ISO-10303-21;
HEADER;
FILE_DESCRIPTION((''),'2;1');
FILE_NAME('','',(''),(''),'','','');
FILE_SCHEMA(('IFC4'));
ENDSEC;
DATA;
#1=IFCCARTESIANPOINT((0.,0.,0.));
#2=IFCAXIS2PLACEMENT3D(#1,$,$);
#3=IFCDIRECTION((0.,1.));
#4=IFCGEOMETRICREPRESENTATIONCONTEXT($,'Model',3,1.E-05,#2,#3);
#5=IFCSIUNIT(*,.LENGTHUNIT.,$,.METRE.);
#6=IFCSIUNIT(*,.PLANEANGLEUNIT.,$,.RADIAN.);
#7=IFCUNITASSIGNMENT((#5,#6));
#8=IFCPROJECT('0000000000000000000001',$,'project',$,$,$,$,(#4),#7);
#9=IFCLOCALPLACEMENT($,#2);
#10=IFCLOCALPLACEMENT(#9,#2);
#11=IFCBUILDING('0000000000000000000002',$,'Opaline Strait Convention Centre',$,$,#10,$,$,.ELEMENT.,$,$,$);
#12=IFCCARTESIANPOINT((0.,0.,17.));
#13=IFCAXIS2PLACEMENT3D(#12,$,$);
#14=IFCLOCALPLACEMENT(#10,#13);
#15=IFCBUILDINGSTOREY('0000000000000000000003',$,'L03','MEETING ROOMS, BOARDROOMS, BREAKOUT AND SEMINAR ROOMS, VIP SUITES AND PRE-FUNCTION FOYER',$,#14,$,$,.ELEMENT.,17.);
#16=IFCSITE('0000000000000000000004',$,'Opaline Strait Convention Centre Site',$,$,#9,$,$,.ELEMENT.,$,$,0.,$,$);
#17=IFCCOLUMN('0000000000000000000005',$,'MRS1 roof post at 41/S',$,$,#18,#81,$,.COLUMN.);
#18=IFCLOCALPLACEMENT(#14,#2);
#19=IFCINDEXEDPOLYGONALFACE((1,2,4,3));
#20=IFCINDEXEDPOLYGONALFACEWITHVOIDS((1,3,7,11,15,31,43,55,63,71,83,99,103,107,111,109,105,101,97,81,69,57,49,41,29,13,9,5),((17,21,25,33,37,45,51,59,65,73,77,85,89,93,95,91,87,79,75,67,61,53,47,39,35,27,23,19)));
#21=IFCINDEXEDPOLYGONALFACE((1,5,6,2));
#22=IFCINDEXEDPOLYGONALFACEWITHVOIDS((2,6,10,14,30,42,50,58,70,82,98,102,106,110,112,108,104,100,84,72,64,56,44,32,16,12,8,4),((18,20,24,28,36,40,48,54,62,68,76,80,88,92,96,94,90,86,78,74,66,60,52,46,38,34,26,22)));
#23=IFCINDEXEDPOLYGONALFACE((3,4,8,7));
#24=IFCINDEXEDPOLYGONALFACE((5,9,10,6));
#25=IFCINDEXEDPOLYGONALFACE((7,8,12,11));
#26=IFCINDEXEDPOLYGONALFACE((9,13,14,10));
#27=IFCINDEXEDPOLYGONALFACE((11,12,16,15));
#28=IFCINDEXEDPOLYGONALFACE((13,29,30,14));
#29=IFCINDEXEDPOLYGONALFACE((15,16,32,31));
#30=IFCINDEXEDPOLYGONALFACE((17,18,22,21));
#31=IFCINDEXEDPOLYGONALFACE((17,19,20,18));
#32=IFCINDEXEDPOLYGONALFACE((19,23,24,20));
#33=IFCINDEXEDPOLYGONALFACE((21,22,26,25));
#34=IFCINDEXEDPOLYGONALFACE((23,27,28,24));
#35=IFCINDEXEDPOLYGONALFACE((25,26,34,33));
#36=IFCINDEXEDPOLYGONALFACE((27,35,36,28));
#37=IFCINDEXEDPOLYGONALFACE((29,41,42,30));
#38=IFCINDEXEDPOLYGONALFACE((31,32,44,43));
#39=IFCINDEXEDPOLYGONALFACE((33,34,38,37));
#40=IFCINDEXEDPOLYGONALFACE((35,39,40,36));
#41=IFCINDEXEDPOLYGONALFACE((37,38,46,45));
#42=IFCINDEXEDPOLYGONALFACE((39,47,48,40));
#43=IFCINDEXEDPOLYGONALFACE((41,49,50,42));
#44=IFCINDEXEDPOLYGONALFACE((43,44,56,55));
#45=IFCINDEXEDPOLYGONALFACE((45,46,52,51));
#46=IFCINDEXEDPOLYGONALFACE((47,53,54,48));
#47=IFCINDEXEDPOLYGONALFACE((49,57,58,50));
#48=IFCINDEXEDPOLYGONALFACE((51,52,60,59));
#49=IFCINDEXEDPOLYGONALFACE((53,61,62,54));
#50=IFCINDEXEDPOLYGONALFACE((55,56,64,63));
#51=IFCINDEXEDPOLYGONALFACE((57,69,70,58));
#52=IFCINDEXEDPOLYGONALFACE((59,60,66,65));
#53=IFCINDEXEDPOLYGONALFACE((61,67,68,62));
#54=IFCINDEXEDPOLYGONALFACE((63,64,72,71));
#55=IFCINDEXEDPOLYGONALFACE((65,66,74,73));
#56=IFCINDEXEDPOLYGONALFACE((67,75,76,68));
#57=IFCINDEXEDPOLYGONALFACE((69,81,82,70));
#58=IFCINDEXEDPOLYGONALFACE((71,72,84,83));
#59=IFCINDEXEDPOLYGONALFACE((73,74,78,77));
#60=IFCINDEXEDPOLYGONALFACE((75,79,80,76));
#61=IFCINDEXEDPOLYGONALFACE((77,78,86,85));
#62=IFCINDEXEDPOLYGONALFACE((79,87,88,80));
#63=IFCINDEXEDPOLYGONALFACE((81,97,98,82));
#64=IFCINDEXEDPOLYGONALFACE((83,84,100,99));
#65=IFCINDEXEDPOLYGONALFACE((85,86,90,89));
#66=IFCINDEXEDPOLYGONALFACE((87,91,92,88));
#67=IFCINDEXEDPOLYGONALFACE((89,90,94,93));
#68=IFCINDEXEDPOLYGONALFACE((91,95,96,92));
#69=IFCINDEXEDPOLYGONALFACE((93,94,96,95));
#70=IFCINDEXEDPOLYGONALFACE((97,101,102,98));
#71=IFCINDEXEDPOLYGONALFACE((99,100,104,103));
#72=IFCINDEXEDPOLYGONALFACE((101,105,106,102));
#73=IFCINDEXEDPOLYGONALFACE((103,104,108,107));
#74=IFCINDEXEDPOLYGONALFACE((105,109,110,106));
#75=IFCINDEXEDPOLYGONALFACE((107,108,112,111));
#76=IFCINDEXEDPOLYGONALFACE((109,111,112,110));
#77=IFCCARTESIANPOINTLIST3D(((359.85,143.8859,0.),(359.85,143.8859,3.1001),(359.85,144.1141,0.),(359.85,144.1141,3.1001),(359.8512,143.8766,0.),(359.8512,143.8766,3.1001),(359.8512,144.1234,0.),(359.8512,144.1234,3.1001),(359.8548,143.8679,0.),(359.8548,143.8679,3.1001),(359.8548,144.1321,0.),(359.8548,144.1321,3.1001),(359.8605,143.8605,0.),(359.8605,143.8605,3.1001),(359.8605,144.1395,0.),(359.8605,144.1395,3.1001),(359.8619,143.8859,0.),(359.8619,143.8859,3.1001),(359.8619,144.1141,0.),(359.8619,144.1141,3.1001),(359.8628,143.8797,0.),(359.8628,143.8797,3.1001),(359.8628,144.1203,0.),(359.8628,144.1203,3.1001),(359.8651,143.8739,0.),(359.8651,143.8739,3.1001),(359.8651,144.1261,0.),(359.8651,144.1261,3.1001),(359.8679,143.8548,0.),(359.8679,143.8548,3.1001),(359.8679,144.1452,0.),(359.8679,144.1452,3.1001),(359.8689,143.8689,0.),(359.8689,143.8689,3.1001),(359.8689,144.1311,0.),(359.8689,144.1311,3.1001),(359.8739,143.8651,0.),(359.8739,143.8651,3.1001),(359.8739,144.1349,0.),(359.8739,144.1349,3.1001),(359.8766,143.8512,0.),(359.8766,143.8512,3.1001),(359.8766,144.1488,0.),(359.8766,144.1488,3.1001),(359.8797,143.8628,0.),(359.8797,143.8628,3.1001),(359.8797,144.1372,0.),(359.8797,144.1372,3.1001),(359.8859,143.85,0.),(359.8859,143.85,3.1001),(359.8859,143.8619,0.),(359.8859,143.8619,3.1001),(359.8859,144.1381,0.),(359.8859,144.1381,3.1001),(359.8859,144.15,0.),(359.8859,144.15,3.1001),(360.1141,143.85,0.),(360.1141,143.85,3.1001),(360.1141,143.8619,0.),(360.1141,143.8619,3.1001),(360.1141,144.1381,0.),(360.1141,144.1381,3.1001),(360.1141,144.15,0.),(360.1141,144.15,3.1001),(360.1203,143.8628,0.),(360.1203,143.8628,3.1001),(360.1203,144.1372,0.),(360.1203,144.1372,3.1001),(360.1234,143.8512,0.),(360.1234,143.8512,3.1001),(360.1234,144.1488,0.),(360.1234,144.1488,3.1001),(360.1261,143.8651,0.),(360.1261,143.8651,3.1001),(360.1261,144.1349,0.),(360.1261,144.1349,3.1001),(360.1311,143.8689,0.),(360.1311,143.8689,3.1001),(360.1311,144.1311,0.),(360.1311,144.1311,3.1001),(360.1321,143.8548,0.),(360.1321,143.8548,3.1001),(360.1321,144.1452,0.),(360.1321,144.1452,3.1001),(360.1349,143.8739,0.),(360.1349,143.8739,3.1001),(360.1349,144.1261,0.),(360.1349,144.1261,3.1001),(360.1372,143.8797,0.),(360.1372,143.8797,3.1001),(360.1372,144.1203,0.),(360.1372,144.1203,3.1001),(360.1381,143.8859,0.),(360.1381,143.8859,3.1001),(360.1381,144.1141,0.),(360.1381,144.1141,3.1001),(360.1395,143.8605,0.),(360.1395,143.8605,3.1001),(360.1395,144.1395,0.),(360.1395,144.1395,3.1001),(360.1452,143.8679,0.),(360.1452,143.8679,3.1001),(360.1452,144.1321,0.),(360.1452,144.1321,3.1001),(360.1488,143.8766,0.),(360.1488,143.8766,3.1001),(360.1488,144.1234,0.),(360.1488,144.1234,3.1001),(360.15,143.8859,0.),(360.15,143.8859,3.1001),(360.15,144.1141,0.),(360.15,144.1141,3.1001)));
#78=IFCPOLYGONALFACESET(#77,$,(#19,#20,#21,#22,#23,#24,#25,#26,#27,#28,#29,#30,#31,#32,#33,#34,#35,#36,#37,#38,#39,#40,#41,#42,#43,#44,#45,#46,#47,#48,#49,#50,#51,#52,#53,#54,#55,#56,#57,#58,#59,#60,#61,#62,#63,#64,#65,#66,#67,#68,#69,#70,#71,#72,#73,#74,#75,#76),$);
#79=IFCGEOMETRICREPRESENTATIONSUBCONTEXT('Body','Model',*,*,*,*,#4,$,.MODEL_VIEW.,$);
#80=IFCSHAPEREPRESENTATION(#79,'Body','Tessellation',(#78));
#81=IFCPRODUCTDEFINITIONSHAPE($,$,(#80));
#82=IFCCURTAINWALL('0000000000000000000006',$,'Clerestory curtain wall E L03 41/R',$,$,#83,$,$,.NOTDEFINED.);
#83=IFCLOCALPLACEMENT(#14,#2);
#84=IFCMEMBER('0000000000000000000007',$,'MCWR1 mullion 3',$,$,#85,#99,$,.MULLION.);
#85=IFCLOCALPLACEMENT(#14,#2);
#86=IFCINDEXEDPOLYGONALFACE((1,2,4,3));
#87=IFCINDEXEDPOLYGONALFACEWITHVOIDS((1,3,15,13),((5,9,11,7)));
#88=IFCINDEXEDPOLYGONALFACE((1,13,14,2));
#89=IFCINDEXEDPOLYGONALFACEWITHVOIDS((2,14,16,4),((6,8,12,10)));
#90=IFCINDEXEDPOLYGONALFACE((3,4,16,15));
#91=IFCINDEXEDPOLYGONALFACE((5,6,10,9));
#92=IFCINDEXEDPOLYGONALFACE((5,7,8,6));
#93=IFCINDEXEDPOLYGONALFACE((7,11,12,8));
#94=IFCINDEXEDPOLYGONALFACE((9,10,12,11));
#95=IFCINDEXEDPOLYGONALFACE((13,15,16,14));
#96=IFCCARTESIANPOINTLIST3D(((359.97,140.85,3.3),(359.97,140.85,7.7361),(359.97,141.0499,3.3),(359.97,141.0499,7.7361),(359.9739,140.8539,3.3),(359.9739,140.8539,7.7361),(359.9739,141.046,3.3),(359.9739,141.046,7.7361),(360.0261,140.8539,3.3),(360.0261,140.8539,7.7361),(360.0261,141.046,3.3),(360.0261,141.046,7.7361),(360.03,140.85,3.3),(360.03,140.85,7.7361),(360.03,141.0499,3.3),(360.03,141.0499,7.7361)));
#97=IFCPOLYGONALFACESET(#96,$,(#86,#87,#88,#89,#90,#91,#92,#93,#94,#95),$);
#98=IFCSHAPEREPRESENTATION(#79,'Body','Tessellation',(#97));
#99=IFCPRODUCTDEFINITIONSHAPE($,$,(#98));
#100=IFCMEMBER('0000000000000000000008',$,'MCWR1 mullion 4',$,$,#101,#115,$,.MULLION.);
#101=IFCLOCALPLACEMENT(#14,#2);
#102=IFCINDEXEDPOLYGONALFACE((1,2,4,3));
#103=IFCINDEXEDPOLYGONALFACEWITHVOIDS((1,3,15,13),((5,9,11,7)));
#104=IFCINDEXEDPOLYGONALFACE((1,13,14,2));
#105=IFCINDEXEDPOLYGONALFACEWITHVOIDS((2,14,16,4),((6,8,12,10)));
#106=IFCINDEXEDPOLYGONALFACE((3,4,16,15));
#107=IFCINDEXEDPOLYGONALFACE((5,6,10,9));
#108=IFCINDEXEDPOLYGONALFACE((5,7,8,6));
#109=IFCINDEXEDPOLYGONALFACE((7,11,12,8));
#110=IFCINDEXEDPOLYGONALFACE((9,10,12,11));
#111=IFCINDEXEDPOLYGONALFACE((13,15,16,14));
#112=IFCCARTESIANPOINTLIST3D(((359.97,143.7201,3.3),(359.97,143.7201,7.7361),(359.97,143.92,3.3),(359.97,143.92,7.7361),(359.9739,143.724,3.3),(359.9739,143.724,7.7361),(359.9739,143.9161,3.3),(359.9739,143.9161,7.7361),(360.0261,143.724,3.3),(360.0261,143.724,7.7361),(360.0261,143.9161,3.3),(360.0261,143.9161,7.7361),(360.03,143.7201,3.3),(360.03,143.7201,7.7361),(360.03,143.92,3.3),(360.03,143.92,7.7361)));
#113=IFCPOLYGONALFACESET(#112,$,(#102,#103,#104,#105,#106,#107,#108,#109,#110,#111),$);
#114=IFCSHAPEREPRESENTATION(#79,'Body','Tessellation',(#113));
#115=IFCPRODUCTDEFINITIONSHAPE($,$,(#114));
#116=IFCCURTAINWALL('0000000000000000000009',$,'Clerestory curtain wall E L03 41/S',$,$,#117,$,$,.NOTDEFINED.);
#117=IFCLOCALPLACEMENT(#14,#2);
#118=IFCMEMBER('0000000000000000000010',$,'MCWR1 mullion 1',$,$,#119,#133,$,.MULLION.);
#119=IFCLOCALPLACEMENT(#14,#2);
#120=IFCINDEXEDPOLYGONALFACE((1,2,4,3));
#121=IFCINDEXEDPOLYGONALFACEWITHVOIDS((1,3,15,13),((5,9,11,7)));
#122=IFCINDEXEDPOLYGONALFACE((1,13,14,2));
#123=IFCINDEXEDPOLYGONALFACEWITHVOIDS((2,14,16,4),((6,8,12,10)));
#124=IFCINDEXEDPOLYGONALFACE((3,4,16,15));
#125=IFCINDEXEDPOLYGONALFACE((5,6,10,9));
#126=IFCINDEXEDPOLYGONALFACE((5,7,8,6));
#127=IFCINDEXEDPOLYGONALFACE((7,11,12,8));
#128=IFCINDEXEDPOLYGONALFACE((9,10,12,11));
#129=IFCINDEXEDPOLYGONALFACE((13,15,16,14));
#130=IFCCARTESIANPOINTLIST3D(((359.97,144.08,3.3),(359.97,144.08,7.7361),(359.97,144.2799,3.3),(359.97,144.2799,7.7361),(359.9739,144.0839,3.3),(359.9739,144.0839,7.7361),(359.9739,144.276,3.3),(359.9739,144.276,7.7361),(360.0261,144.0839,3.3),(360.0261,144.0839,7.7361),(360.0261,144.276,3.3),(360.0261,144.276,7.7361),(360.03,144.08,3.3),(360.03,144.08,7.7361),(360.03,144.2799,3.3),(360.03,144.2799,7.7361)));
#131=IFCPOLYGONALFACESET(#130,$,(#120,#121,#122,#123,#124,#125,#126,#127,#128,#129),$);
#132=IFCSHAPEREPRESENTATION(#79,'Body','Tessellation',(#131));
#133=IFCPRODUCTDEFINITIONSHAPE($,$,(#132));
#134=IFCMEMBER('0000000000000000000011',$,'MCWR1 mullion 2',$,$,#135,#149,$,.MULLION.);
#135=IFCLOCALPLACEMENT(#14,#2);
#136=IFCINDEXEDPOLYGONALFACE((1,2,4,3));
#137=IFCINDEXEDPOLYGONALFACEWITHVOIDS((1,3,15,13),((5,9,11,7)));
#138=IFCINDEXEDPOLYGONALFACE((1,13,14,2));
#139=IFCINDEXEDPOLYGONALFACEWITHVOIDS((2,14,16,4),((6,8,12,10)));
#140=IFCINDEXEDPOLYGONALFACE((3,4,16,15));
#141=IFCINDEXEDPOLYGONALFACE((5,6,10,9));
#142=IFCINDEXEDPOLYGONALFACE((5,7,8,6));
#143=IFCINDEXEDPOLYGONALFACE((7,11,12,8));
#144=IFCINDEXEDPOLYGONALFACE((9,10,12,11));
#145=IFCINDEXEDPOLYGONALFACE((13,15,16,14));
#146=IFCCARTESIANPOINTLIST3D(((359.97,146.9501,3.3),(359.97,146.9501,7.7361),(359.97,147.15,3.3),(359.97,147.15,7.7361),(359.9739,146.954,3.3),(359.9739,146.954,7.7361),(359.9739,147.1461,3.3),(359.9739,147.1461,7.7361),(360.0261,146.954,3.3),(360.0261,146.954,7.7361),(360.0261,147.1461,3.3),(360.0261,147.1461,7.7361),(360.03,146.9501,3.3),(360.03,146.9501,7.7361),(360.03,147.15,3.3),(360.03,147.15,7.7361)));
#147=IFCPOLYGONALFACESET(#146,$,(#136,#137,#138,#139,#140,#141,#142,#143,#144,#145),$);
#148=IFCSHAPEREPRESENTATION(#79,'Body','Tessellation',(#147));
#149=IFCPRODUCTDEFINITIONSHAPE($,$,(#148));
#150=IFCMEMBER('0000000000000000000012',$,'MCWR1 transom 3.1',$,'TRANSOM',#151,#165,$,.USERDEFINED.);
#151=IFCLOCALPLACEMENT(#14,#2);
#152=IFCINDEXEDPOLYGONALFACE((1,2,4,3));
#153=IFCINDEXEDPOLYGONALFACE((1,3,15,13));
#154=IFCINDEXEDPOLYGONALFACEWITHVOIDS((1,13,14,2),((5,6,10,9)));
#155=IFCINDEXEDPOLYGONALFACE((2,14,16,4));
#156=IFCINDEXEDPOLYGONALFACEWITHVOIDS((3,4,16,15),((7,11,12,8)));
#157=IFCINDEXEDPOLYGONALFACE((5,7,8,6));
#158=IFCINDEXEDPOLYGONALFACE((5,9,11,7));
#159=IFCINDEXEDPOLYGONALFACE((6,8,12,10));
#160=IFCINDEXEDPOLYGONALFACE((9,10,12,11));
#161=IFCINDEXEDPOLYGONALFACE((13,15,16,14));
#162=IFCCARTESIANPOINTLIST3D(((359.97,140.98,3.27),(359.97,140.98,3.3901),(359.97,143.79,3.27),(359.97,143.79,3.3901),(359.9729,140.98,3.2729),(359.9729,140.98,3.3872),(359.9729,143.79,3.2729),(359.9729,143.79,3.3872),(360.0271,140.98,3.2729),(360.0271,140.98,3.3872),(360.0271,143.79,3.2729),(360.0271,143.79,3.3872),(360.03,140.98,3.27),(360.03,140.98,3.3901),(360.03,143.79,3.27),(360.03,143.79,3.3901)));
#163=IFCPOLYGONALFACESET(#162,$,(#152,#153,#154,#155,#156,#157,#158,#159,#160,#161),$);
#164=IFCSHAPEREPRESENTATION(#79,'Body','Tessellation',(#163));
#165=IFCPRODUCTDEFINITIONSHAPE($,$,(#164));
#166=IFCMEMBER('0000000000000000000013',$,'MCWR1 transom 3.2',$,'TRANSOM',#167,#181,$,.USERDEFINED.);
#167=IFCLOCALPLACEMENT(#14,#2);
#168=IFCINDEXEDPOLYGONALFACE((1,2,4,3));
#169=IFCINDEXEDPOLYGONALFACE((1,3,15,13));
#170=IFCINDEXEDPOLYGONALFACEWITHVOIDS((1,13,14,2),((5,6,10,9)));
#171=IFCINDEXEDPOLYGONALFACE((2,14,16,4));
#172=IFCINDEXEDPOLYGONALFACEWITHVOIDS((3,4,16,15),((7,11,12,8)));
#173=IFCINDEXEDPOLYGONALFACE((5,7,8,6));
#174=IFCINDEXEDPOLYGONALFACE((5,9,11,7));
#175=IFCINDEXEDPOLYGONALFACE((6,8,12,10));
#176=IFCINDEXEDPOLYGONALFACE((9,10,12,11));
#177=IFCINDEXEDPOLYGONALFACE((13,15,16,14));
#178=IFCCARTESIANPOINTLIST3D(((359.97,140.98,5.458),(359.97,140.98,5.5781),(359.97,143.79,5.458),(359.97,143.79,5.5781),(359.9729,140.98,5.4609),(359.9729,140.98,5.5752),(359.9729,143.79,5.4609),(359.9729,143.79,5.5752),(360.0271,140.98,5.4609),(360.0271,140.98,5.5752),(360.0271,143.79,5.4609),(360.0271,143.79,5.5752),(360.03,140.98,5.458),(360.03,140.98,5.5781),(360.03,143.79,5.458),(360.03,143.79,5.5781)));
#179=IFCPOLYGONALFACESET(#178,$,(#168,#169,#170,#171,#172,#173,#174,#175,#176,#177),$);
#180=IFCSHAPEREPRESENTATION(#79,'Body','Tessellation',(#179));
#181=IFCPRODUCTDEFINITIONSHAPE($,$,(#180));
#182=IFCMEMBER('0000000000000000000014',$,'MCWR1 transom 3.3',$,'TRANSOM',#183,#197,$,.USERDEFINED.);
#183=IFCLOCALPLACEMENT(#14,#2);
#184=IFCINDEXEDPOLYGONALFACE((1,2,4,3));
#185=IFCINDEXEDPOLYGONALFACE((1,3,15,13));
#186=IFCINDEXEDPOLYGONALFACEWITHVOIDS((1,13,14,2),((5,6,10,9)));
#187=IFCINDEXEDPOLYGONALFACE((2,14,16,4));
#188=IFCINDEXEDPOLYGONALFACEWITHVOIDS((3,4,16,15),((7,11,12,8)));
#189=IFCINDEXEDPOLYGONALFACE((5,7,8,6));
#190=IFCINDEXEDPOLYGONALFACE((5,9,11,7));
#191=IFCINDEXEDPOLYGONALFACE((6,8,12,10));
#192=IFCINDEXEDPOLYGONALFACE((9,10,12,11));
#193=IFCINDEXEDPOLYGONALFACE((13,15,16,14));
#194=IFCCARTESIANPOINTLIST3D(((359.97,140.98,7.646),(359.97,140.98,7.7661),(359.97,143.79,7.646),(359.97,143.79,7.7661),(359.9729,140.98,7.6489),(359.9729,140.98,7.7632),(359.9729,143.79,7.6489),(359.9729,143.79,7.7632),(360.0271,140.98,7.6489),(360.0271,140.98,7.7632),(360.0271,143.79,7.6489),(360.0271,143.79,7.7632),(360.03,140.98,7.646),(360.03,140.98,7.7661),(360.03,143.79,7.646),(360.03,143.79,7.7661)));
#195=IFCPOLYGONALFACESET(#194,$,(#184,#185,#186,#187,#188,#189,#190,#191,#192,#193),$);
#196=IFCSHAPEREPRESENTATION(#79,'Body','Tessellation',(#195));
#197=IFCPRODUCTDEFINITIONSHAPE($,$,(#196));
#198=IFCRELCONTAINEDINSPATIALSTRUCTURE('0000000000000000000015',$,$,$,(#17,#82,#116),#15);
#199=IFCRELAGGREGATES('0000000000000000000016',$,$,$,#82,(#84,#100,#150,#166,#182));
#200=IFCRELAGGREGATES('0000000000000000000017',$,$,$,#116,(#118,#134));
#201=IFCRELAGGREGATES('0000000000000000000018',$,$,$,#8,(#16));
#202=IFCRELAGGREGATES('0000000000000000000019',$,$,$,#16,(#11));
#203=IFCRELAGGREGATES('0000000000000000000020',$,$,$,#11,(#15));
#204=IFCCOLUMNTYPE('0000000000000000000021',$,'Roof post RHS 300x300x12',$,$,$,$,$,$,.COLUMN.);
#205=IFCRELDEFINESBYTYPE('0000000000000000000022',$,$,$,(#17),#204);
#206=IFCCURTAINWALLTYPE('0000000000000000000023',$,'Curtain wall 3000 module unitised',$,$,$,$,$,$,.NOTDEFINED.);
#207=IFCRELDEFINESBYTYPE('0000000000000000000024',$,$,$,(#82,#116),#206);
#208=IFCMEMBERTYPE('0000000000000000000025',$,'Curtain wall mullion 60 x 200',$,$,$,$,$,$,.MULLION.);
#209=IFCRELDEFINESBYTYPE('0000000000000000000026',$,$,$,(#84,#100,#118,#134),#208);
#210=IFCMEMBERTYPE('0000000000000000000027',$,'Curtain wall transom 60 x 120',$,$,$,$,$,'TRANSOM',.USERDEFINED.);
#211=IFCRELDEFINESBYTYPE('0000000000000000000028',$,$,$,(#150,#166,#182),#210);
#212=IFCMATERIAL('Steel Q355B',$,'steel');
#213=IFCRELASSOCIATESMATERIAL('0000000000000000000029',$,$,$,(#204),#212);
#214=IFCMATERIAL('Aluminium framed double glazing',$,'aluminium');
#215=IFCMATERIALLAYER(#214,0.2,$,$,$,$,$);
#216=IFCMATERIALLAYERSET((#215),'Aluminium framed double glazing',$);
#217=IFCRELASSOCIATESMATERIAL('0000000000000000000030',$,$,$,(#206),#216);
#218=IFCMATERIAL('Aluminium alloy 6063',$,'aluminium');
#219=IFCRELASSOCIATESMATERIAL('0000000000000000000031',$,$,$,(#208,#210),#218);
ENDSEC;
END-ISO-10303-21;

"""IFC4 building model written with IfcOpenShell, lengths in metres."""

from ifc_helpers import new_model, si_unit, direction, frame, origin, origin_2d, place, context, subcontext, project, spatial, hollow_rectangle, extrude, material, layer, layer_set, material_profile, profile_set, type_object, element, aggregate, save


model = new_model("IFC4")

# Units and contexts
model_context = context("Model", 3, precision=1e-05, world=origin(), true_north=direction((0.0, 1.0)))
body_context = subcontext(model_context, "Body", "Model", "MODEL_VIEW")
ifc_project = project(units=[si_unit("LENGTHUNIT", "METRE"), si_unit("PLANEANGLEUNIT", "RADIAN")], contexts=[model_context])

# Site, building, storey
site_placement = place(None, origin())
site = spatial("IfcSite", under=ifc_project, at=site_placement, Name="Opaline Strait Convention Centre Site", CompositionType="ELEMENT", RefElevation=0.0)
building_placement = place(site_placement, origin())
building = spatial("IfcBuilding", under=site, at=building_placement, Name="Opaline Strait Convention Centre", CompositionType="ELEMENT")
storey_placement = place(building_placement, frame((0.0, 0.0, 17.0)))
storey = spatial("IfcBuildingStorey", under=building, at=storey_placement, Name="L03", Description="MEETING ROOMS, BOARDROOMS, BREAKOUT AND SEMINAR ROOMS, VIP SUITES AND PRE-FUNCTION FOYER", CompositionType="ELEMENT", Elevation=17.0)

# Column
ifc_material_1 = material(Name="Steel Q355B", Category="steel")
ifc_material_profile_1 = material_profile(ifc_material_1, hollow_rectangle(XDim=0.3, YDim=0.3, WallThickness=0.012, InnerFilletRadius=0.0239, OuterFilletRadius=0.0359, at=origin_2d()), Name="RHS 300x300x12")
ifc_profile_set_1 = profile_set([ifc_material_profile_1], Name="Steel Q355B")
column_type = type_object("IfcColumnType", Name="Roof post RHS 300x300x12", PredefinedType="COLUMN", material=ifc_profile_set_1)
column_placement = place(storey_placement, frame((360.0, 144.0, 0.0), z_axis=(0.0, 0.0, 1.0), x_axis=(1.0, 0.0, 0.0)))
element("IfcColumn", 1, at=column_placement, inside=storey, type_object=column_type, Name="MRS1 roof post at 41/S", PredefinedType="COLUMN", context=body_context, shape_type="SweptSolid", body=[
    extrude(hollow_rectangle(XDim=0.3, YDim=0.3, WallThickness=0.012, InnerFilletRadius=0.0239, OuterFilletRadius=0.0359, at=origin_2d()), origin(), (0.0, 0.0, 1.0), 3.1001),
])

# Curtain walls, members
ifc_material_2 = material(Name="Aluminium framed double glazing", Category="aluminium")
ifc_layer_1 = layer(ifc_material_2, 0.2)
ifc_layer_set_1 = layer_set([ifc_layer_1], Name="Aluminium framed double glazing")
curtain_wall_type = type_object("IfcCurtainWallType", Name="Curtain wall 3000 module unitised", PredefinedType="NOTDEFINED", material=ifc_layer_set_1)
curtain_wall_1_placement = place(storey_placement, origin())
curtain_wall_1 = element("IfcCurtainWall", 2, at=curtain_wall_1_placement, inside=storey, type_object=curtain_wall_type, Name="Clerestory curtain wall E L03 41/R", PredefinedType="NOTDEFINED")
ifc_material_3 = material(Name="Aluminium alloy 6063", Category="aluminium")
ifc_material_profile_2 = material_profile(ifc_material_3, hollow_rectangle(XDim=0.0601, YDim=0.2, WallThickness=0.0039, at=origin_2d()), Name="MULLION 60x200x4")
ifc_profile_set_2 = profile_set([ifc_material_profile_2], Name="Aluminium alloy 6063")
member_type_1 = type_object("IfcMemberType", Name="Curtain wall mullion 60 x 200", PredefinedType="MULLION", material=ifc_profile_set_2)
member_1_placement = place(storey_placement, frame((360.0, 140.95, 3.3), z_axis=(0.0, 0.0, 1.0), x_axis=(-1.0, 0.0, 0.0)))
member_1 = element("IfcMember", 3, at=member_1_placement, type_object=member_type_1, Name="MCWR1 mullion 3", PredefinedType="MULLION", context=body_context, shape_type="SweptSolid", body=[
    extrude(hollow_rectangle(XDim=0.0601, YDim=0.2, WallThickness=0.0039, at=origin_2d()), origin(), (0.0, 0.0, 1.0), 4.436),
])
member_2_placement = place(storey_placement, frame((360.0, 143.8201, 3.3), z_axis=(0.0, 0.0, 1.0), x_axis=(-1.0, 0.0, 0.0)))
member_2 = element("IfcMember", 4, at=member_2_placement, type_object=member_type_1, Name="MCWR1 mullion 4", PredefinedType="MULLION", context=body_context, shape_type="SweptSolid", body=[
    extrude(hollow_rectangle(XDim=0.0601, YDim=0.2, WallThickness=0.0039, at=origin_2d()), origin(), (0.0, 0.0, 1.0), 4.436),
])
curtain_wall_2_placement = place(storey_placement, origin())
curtain_wall_2 = element("IfcCurtainWall", 5, at=curtain_wall_2_placement, inside=storey, type_object=curtain_wall_type, Name="Clerestory curtain wall E L03 41/S", PredefinedType="NOTDEFINED")
member_3_placement = place(storey_placement, frame((360.0, 144.1799, 3.3), z_axis=(0.0, 0.0, 1.0), x_axis=(-1.0, 0.0, 0.0)))
member_3 = element("IfcMember", 6, at=member_3_placement, type_object=member_type_1, Name="MCWR1 mullion 1", PredefinedType="MULLION", context=body_context, shape_type="SweptSolid", body=[
    extrude(hollow_rectangle(XDim=0.0601, YDim=0.2, WallThickness=0.0039, at=origin_2d()), origin(), (0.0, 0.0, 1.0), 4.436),
])
member_4_placement = place(storey_placement, frame((360.0, 147.05, 3.3), z_axis=(0.0, 0.0, 1.0), x_axis=(-1.0, 0.0, 0.0)))
member_4 = element("IfcMember", 7, at=member_4_placement, type_object=member_type_1, Name="MCWR1 mullion 2", PredefinedType="MULLION", context=body_context, shape_type="SweptSolid", body=[
    extrude(hollow_rectangle(XDim=0.0601, YDim=0.2, WallThickness=0.0039, at=origin_2d()), origin(), (0.0, 0.0, 1.0), 4.436),
])

# Members
ifc_material_profile_3 = material_profile(ifc_material_3, hollow_rectangle(XDim=0.0601, YDim=0.1201, WallThickness=0.0029, at=origin_2d()), Name="TRANSOM 60x120x3")
ifc_profile_set_3 = profile_set([ifc_material_profile_3], Name="Aluminium alloy 6063")
member_type_2 = type_object("IfcMemberType", Name="Curtain wall transom 60 x 120", ElementType="TRANSOM", PredefinedType="USERDEFINED", material=ifc_profile_set_3)
member_5_placement = place(storey_placement, frame((360.0, 140.98, 3.3301), z_axis=(0.0, 1.0, 0.0), x_axis=(-1.0, 0.0, 0.0)))
member_5 = element("IfcMember", 8, at=member_5_placement, type_object=member_type_2, Name="MCWR1 transom 3.1", ObjectType="TRANSOM", PredefinedType="USERDEFINED", context=body_context, shape_type="SweptSolid", body=[
    extrude(hollow_rectangle(XDim=0.0601, YDim=0.1201, WallThickness=0.0029, at=origin_2d()), origin(), (0.0, 0.0, 1.0), 2.8101),
])
member_6_placement = place(storey_placement, frame((360.0, 140.98, 5.5181), z_axis=(0.0, 1.0, 0.0), x_axis=(-1.0, 0.0, 0.0)))
member_6 = element("IfcMember", 9, at=member_6_placement, type_object=member_type_2, Name="MCWR1 transom 3.2", ObjectType="TRANSOM", PredefinedType="USERDEFINED", context=body_context, shape_type="SweptSolid", body=[
    extrude(hollow_rectangle(XDim=0.0601, YDim=0.1201, WallThickness=0.0029, at=origin_2d()), origin(), (0.0, 0.0, 1.0), 2.8101),
])
member_7_placement = place(storey_placement, frame((360.0, 140.98, 7.7061), z_axis=(0.0, 1.0, 0.0), x_axis=(-1.0, 0.0, 0.0)))
member_7 = element("IfcMember", 10, at=member_7_placement, type_object=member_type_2, Name="MCWR1 transom 3.3", ObjectType="TRANSOM", PredefinedType="USERDEFINED", context=body_context, shape_type="SweptSolid", body=[
    extrude(hollow_rectangle(XDim=0.0601, YDim=0.1201, WallThickness=0.0029, at=origin_2d()), origin(), (0.0, 0.0, 1.0), 2.8101),
])

aggregate(curtain_wall_1, [member_1, member_2, member_5, member_6, member_7])
aggregate(curtain_wall_2, [member_3, member_4])

save(model, "model.ifc")
